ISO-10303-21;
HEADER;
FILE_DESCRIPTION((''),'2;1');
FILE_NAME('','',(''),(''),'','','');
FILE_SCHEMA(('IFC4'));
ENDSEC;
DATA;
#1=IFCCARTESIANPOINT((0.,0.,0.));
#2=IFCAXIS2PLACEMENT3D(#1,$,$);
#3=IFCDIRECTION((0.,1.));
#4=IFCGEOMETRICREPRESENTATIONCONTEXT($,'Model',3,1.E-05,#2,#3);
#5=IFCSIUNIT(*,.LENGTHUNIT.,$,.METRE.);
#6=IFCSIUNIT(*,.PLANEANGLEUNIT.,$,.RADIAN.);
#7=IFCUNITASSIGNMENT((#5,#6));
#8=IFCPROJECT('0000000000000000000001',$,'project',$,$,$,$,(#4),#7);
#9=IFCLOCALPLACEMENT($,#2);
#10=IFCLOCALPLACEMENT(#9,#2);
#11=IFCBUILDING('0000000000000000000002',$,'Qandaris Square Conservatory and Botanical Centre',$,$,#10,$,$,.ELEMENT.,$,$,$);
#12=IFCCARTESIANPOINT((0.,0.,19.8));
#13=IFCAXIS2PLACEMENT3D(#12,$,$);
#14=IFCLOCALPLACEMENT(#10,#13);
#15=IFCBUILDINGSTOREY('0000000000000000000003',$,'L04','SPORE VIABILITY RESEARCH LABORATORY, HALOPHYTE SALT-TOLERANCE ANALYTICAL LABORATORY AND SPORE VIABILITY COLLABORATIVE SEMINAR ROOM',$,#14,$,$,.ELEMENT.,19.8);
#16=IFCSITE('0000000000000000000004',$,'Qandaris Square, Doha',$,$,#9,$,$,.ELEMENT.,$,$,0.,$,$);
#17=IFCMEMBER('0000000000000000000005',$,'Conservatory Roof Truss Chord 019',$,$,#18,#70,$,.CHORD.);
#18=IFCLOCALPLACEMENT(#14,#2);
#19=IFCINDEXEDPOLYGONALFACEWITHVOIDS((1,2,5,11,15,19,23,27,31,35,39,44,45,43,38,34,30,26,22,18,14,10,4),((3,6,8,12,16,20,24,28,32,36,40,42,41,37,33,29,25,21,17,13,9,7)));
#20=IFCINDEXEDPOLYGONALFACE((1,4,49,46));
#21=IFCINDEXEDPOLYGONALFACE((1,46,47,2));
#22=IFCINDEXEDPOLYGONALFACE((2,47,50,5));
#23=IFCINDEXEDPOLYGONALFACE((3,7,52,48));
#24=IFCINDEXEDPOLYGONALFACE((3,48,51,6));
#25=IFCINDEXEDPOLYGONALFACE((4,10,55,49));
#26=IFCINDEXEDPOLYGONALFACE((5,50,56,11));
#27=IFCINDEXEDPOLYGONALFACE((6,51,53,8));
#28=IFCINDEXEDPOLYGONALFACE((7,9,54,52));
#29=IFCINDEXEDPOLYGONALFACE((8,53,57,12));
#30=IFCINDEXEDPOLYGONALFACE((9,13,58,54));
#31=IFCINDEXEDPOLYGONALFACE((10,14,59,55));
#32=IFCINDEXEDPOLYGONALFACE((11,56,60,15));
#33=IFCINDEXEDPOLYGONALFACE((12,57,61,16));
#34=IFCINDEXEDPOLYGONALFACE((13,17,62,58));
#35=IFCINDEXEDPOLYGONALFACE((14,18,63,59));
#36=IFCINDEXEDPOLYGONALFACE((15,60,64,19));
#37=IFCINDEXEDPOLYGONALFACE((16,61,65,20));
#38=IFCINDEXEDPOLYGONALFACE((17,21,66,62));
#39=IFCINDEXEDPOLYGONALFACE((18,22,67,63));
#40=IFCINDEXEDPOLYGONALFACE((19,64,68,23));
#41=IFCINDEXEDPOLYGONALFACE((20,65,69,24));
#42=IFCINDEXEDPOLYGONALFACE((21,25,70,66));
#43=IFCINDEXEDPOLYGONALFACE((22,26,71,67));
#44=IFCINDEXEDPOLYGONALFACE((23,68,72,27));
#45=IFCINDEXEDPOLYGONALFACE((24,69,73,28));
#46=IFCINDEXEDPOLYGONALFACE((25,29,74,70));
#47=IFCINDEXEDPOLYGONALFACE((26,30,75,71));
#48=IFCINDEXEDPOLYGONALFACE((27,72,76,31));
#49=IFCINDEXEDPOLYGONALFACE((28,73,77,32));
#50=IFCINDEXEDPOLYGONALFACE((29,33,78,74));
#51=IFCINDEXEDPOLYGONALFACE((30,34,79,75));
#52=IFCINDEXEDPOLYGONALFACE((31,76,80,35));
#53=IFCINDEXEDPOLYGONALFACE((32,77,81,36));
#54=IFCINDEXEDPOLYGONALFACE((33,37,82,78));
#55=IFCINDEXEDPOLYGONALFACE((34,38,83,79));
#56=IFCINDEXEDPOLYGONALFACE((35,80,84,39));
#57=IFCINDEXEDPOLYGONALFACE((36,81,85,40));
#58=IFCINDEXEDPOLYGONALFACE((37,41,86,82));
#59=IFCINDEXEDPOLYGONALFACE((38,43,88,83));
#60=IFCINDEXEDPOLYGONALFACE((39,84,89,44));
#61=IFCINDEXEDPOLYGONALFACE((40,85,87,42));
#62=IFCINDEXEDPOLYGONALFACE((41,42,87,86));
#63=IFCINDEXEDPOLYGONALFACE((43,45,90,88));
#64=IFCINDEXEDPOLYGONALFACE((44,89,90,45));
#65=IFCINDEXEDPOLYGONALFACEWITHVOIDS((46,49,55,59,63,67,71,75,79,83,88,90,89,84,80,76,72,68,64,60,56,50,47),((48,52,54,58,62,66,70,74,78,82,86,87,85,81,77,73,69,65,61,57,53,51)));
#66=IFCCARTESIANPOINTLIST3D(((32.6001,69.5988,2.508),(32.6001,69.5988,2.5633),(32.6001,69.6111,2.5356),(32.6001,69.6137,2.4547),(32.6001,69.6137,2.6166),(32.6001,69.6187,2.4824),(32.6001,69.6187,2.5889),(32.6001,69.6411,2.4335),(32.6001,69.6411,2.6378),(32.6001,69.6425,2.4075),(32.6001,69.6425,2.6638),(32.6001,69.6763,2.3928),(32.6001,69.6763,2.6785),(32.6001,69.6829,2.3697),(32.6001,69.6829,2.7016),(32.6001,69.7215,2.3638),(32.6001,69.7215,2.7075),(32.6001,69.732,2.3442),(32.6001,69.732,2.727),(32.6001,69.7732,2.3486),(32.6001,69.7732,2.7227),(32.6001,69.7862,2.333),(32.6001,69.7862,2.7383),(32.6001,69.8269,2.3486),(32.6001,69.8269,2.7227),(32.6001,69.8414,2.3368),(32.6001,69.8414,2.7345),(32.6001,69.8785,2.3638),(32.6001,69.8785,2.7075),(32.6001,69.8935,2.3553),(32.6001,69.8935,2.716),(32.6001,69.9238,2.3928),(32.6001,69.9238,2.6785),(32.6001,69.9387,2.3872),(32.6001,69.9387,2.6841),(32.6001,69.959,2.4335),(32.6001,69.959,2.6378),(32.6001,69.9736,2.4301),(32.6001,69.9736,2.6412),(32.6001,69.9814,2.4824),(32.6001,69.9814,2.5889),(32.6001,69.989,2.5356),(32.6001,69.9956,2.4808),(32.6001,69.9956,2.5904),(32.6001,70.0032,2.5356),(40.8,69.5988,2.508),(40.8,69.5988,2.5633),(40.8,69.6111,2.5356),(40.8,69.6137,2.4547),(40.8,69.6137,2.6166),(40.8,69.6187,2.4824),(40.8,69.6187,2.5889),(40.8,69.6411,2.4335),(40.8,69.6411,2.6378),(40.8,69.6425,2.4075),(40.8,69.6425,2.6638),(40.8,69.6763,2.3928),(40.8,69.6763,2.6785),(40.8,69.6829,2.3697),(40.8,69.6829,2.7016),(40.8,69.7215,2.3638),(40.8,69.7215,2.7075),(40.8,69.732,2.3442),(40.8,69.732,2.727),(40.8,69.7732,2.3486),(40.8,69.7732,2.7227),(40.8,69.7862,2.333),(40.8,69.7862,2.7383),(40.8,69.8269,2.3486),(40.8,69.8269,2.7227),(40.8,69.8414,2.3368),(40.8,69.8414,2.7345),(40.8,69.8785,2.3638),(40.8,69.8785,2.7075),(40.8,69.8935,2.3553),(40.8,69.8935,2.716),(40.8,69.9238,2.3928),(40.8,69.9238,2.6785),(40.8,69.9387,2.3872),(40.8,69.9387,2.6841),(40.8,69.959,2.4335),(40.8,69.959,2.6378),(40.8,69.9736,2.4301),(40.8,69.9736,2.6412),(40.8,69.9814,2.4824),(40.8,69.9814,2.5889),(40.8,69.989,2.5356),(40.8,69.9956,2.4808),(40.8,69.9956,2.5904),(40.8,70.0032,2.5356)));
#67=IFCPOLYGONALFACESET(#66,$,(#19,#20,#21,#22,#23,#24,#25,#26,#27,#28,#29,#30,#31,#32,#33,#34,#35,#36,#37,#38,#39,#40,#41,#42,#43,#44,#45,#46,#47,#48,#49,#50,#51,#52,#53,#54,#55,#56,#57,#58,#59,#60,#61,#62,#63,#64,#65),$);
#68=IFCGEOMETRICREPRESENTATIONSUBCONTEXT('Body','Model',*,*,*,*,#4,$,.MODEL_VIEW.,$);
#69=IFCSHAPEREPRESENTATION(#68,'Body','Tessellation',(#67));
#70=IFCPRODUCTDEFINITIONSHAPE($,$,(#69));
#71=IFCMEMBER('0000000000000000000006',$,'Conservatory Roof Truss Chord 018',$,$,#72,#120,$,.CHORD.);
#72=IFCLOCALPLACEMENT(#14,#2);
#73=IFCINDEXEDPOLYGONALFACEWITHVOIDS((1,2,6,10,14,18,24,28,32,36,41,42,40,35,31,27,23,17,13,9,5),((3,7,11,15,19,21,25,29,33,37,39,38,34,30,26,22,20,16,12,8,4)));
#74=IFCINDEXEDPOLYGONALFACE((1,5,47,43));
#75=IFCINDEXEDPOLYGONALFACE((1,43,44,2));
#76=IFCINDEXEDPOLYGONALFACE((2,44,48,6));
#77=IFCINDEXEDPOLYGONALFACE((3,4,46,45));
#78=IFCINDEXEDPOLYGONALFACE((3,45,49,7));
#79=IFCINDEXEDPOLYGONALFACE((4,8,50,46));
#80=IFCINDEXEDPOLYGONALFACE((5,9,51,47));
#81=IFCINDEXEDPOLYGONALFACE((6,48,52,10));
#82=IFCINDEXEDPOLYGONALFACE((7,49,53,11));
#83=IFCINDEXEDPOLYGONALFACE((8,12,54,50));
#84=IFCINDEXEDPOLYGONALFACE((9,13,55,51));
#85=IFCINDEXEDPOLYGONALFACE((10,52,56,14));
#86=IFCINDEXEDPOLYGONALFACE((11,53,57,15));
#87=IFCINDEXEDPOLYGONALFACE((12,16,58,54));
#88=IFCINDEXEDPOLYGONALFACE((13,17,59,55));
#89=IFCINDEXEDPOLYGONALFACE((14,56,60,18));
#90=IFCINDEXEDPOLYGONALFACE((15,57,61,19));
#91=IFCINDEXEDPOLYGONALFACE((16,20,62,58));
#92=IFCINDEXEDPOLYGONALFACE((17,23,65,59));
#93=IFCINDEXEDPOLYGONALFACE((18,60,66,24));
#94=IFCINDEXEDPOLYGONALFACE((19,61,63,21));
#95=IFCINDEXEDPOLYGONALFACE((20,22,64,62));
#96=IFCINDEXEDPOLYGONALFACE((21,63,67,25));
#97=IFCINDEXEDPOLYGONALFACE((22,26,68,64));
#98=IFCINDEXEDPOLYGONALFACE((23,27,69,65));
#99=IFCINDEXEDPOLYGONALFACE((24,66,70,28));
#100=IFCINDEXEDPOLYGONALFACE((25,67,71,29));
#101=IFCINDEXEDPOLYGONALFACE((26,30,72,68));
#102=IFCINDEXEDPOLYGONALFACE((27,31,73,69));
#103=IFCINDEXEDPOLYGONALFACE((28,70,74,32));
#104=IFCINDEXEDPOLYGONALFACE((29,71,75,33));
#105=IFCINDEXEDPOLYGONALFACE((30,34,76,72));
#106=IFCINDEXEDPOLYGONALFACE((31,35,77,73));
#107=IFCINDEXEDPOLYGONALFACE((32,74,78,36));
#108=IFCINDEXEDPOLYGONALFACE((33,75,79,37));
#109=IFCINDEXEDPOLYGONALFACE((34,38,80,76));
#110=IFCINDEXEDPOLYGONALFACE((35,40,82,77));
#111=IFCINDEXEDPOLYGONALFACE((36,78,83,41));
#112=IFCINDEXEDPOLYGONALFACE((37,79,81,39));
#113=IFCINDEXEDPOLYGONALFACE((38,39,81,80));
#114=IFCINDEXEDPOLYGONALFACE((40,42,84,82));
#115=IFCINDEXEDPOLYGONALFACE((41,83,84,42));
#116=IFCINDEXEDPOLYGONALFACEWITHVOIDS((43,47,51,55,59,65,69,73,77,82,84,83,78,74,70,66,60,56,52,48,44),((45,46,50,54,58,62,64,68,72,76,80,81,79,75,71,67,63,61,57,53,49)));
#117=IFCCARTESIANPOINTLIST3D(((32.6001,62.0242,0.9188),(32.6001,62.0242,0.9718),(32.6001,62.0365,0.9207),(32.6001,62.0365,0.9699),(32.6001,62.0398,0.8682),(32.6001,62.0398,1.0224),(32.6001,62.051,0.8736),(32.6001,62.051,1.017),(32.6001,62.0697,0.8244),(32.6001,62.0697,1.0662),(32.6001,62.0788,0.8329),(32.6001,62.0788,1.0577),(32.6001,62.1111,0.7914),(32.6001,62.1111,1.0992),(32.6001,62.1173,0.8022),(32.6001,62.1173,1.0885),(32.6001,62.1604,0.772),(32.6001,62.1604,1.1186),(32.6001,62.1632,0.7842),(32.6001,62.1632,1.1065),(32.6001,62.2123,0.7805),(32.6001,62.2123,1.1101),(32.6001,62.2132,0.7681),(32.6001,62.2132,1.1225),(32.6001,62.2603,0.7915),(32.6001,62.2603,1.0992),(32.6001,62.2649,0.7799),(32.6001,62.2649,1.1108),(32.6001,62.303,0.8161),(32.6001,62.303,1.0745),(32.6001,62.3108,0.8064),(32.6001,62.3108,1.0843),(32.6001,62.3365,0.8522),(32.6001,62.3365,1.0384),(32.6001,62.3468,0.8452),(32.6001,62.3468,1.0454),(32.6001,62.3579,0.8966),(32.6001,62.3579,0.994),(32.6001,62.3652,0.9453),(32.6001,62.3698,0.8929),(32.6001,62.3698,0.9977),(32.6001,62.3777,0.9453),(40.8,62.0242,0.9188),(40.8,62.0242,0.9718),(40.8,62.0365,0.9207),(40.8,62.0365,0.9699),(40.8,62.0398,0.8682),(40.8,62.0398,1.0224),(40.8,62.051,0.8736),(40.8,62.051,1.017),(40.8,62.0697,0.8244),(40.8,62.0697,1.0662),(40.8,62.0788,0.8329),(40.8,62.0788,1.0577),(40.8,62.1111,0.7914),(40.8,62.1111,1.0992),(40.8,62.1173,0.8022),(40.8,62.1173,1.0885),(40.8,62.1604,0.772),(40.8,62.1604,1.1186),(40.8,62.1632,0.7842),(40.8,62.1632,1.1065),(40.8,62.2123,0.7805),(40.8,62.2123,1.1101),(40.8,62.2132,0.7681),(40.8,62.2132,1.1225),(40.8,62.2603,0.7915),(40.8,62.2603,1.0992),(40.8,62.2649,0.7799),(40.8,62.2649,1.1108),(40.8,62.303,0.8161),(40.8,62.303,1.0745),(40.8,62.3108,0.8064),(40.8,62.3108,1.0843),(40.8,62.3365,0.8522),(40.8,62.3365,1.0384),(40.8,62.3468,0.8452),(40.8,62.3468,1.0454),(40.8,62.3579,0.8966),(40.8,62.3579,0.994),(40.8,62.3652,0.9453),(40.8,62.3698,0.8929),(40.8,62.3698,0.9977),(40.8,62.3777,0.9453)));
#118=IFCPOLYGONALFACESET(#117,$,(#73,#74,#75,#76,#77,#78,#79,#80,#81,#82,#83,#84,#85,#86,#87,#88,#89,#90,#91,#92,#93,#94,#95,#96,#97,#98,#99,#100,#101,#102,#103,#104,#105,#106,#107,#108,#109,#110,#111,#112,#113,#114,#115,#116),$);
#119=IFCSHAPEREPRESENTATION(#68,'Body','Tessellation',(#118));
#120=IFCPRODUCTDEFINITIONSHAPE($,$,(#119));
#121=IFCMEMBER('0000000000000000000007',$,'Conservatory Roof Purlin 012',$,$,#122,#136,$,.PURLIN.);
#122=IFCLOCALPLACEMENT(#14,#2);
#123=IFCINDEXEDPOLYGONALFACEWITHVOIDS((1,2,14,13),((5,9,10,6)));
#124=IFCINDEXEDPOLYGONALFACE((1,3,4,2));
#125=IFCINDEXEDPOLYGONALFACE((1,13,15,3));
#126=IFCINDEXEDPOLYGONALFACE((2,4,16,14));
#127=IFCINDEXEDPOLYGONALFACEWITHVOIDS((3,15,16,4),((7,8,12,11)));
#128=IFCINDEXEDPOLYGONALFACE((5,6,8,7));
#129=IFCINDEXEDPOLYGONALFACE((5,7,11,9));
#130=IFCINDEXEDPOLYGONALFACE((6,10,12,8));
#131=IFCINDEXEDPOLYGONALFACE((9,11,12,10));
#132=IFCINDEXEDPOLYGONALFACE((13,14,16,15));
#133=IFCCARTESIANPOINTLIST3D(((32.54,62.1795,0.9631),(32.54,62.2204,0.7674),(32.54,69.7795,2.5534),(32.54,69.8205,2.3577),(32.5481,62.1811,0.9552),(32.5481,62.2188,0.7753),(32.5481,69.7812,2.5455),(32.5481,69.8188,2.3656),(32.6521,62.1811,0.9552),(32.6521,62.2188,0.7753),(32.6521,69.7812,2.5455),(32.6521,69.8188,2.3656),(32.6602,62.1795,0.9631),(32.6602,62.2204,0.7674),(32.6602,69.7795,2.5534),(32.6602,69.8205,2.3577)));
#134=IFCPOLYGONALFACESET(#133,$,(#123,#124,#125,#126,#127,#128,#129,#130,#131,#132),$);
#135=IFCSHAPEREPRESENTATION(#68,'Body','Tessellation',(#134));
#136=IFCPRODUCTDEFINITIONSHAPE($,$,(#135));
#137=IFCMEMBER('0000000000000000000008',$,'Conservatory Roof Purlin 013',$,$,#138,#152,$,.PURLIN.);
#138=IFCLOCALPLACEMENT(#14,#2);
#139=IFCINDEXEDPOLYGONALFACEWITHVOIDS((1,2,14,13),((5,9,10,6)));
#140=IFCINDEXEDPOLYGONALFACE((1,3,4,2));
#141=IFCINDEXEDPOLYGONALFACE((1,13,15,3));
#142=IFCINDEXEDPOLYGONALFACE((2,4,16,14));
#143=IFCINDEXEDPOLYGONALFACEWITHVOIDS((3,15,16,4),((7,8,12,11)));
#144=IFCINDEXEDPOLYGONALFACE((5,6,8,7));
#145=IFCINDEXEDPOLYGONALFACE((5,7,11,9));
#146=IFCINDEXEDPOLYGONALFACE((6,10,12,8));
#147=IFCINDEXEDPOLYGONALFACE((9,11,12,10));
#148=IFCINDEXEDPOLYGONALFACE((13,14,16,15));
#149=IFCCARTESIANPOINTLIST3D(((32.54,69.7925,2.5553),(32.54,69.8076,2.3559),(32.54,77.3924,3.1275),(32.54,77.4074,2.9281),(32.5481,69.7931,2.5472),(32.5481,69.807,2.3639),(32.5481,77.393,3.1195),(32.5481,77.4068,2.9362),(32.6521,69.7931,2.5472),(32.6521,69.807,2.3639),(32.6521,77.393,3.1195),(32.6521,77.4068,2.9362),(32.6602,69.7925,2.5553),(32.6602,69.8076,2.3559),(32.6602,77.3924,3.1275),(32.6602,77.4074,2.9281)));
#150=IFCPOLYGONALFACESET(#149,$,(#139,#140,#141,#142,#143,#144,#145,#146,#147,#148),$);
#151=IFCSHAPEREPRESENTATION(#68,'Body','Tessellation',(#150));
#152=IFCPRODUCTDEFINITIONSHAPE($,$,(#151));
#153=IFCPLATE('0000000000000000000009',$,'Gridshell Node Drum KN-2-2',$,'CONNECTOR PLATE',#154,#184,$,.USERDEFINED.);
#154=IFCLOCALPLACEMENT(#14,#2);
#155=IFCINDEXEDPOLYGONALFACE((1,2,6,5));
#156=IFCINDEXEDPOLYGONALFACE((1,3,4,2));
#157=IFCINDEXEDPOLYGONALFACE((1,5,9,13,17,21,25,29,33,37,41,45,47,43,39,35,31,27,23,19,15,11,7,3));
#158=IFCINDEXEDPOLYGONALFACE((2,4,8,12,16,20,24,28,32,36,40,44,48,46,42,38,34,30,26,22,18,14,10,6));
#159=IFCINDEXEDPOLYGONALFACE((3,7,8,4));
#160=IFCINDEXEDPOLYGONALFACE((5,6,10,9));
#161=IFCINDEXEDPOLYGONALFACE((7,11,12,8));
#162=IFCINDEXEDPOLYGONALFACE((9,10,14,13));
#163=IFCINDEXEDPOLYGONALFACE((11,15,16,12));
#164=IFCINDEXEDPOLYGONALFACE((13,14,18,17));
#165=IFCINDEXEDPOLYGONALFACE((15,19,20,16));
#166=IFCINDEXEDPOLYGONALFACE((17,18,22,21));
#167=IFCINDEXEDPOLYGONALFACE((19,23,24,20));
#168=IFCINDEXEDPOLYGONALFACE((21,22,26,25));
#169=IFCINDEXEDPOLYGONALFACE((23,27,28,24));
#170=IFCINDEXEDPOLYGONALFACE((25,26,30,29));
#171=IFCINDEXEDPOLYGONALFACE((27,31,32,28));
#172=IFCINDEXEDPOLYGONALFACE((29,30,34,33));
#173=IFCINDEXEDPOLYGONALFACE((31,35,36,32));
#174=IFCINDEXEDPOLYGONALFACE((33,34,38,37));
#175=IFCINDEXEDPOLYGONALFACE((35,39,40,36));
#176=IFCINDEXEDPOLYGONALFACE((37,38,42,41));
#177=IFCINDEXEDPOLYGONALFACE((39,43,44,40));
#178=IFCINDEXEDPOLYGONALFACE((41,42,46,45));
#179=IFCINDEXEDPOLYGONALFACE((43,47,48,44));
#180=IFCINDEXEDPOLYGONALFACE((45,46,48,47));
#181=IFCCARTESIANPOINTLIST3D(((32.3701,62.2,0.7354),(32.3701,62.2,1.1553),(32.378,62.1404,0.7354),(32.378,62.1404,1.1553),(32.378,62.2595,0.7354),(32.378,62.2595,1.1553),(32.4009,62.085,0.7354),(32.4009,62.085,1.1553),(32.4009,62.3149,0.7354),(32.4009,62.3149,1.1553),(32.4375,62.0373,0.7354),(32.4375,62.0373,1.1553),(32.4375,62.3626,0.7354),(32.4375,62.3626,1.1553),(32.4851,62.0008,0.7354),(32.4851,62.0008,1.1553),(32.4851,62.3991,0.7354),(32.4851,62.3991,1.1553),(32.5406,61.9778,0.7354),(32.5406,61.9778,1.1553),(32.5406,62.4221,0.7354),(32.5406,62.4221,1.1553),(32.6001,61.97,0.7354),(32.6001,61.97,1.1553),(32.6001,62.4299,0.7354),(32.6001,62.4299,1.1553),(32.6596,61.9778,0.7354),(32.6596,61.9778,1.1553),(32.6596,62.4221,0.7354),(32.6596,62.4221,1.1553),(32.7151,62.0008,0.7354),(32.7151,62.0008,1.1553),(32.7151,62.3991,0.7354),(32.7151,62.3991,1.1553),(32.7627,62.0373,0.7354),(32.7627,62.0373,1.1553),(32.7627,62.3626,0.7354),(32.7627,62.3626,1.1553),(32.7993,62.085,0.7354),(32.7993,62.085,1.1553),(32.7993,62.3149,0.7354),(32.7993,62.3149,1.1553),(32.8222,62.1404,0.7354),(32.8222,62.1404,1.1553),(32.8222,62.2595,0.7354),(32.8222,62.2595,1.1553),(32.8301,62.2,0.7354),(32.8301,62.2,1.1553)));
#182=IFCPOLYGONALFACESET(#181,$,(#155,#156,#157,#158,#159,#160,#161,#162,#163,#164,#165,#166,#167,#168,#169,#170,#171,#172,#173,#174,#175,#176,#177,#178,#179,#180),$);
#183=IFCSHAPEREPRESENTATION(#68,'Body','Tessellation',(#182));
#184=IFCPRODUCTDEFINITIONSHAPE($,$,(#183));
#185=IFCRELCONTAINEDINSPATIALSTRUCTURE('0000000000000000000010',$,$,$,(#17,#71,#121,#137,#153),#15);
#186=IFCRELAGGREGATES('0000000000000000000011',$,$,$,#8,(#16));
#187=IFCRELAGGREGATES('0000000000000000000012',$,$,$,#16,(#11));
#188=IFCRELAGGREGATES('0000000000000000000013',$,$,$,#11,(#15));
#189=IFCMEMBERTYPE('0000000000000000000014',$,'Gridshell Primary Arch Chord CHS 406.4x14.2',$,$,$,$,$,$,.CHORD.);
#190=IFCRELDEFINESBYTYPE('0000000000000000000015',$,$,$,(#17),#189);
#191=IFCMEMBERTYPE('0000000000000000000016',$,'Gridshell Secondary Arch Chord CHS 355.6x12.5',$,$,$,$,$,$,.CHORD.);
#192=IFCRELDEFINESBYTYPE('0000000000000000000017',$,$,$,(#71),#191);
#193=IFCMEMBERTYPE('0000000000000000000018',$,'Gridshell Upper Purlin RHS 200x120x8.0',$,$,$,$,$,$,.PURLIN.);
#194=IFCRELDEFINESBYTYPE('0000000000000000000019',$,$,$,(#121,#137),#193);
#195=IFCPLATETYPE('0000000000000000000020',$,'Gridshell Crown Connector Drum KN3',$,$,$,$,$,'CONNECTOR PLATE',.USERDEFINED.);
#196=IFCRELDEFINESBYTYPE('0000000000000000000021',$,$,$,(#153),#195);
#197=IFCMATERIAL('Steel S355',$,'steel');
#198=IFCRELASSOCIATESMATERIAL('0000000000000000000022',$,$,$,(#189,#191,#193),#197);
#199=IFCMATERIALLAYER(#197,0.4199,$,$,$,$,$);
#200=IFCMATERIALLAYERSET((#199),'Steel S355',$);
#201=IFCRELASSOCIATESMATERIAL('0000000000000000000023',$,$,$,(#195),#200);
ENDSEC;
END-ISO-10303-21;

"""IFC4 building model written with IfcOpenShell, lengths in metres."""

from ifc_helpers import new_model, si_unit, direction, frame, origin, origin_2d, place, context, subcontext, project, spatial, hollow_rectangle, circle, hollow_circle, extrude, material, layer, layer_set, material_profile, profile_set, type_object, element, save


model = new_model("IFC4")

# Units and contexts
model_context = context("Model", 3, precision=1e-05, world=origin(), true_north=direction((0.0, 1.0)))
body_context = subcontext(model_context, "Body", "Model", "MODEL_VIEW")
ifc_project = project(units=[si_unit("LENGTHUNIT", "METRE"), si_unit("PLANEANGLEUNIT", "RADIAN")], contexts=[model_context])

# Site, building, storey
site_placement = place(None, origin())
site = spatial("IfcSite", under=ifc_project, at=site_placement, Name="Qandaris Square, Doha", CompositionType="ELEMENT", RefElevation=0.0)
building_placement = place(site_placement, origin())
building = spatial("IfcBuilding", under=site, at=building_placement, Name="Qandaris Square Conservatory and Botanical Centre", CompositionType="ELEMENT")
storey_placement = place(building_placement, frame((0.0, 0.0, 19.8)))
storey = spatial("IfcBuildingStorey", under=building, at=storey_placement, Name="L04", Description="SPORE VIABILITY RESEARCH LABORATORY, HALOPHYTE SALT-TOLERANCE ANALYTICAL LABORATORY AND SPORE VIABILITY COLLABORATIVE SEMINAR ROOM", CompositionType="ELEMENT", Elevation=19.8)

# Members
ifc_material = material(Name="Steel S355", Category="steel")
ifc_material_profile_1 = material_profile(ifc_material, hollow_circle(Radius=0.2031, WallThickness=0.0142, at=origin_2d()), Name="CHS 406.4x14.2")
ifc_profile_set_1 = profile_set([ifc_material_profile_1], Name="Steel S355")
member_type_1 = type_object("IfcMemberType", Name="Gridshell Primary Arch Chord CHS 406.4x14.2", PredefinedType="CHORD", material=ifc_profile_set_1)
member_1_placement = place(storey_placement, frame((32.6001, 69.8, 2.5356), z_axis=(1.0, 0.0, 0.0), x_axis=(0.0, 1.0, 0.0)))
element("IfcMember", 1, at=member_1_placement, inside=storey, type_object=member_type_1, Name="Conservatory Roof Truss Chord 019", PredefinedType="CHORD", context=body_context, shape_type="SweptSolid", body=[
    extrude(hollow_circle(Radius=0.2031, WallThickness=0.0142, at=origin_2d()), origin(), (0.0, 0.0, 1.0), 8.2),
])
ifc_material_profile_2 = material_profile(ifc_material, hollow_circle(Radius=0.1777, WallThickness=0.0125, at=origin_2d()), Name="CHS 355.6x12.5")
ifc_profile_set_2 = profile_set([ifc_material_profile_2], Name="Steel S355")
member_type_2 = type_object("IfcMemberType", Name="Gridshell Secondary Arch Chord CHS 355.6x12.5", PredefinedType="CHORD", material=ifc_profile_set_2)
member_2_placement = place(storey_placement, frame((32.6001, 62.2, 0.9453), z_axis=(1.0, 0.0, 0.0), x_axis=(0.0, 1.0, 0.0)))
element("IfcMember", 2, at=member_2_placement, inside=storey, type_object=member_type_2, Name="Conservatory Roof Truss Chord 018", PredefinedType="CHORD", context=body_context, shape_type="SweptSolid", body=[
    extrude(hollow_circle(Radius=0.1777, WallThickness=0.0125, at=origin_2d()), origin(), (0.0, 0.0, 1.0), 8.2),
])
ifc_material_profile_3 = material_profile(ifc_material, hollow_rectangle(XDim=0.1201, YDim=0.2, WallThickness=0.0081, at=origin_2d()), Name="RHS 200x120x8.0")
ifc_profile_set_3 = profile_set([ifc_material_profile_3], Name="Steel S355")
member_type_3 = type_object("IfcMemberType", Name="Gridshell Upper Purlin RHS 200x120x8.0", PredefinedType="PURLIN", material=ifc_profile_set_3)
member_3_placement = place(storey_placement, frame((32.6001, 62.2, 0.8652), z_axis=(0.0, 0.978801, 0.204816), x_axis=(-1.0, 0.0, 0.0)))
element("IfcMember", 3, at=member_3_placement, inside=storey, type_object=member_type_3, Name="Conservatory Roof Purlin 012", PredefinedType="PURLIN", context=body_context, shape_type="SweptSolid", body=[
    extrude(hollow_rectangle(XDim=0.1201, YDim=0.2, WallThickness=0.0081, at=origin_2d()), origin(), (0.0, 0.0, 1.0), 7.7646),
])
member_4_placement = place(storey_placement, frame((32.6001, 69.8, 2.4556), z_axis=(0.0, 0.997177, 0.075087), x_axis=(-1.0, 0.0, 0.0)))
element("IfcMember", 4, at=member_4_placement, inside=storey, type_object=member_type_3, Name="Conservatory Roof Purlin 013", PredefinedType="PURLIN", context=body_context, shape_type="SweptSolid", body=[
    extrude(hollow_rectangle(XDim=0.1201, YDim=0.2, WallThickness=0.0081, at=origin_2d()), origin(), (0.0, 0.0, 1.0), 7.6213),
])

# Plate
ifc_layer_1 = layer(ifc_material, 0.4199)
ifc_layer_set_1 = layer_set([ifc_layer_1], Name="Steel S355")
plate_type = type_object("IfcPlateType", Name="Gridshell Crown Connector Drum KN3", ElementType="CONNECTOR PLATE", PredefinedType="USERDEFINED", material=ifc_layer_set_1)
for number, where, z_axis, x_axis, name in (
    (5, (32.6001, 62.2, 0.7354), (0.0, 0.0, 1.0), (1.0, 0.0, 0.0), "Gridshell Node Drum KN-2-2"),
):
    element("IfcPlate", number, at=place(storey_placement, frame(where, z_axis=z_axis, x_axis=x_axis)), inside=storey, type_object=plate_type, Name=name, ObjectType="CONNECTOR PLATE", PredefinedType="USERDEFINED", context=body_context, shape_type="SweptSolid", body=[
        extrude(circle(Radius=0.23, at=origin_2d()), origin(), (0.0, 0.0, 1.0), 0.4199),
    ])

save(model, "model.ifc")
